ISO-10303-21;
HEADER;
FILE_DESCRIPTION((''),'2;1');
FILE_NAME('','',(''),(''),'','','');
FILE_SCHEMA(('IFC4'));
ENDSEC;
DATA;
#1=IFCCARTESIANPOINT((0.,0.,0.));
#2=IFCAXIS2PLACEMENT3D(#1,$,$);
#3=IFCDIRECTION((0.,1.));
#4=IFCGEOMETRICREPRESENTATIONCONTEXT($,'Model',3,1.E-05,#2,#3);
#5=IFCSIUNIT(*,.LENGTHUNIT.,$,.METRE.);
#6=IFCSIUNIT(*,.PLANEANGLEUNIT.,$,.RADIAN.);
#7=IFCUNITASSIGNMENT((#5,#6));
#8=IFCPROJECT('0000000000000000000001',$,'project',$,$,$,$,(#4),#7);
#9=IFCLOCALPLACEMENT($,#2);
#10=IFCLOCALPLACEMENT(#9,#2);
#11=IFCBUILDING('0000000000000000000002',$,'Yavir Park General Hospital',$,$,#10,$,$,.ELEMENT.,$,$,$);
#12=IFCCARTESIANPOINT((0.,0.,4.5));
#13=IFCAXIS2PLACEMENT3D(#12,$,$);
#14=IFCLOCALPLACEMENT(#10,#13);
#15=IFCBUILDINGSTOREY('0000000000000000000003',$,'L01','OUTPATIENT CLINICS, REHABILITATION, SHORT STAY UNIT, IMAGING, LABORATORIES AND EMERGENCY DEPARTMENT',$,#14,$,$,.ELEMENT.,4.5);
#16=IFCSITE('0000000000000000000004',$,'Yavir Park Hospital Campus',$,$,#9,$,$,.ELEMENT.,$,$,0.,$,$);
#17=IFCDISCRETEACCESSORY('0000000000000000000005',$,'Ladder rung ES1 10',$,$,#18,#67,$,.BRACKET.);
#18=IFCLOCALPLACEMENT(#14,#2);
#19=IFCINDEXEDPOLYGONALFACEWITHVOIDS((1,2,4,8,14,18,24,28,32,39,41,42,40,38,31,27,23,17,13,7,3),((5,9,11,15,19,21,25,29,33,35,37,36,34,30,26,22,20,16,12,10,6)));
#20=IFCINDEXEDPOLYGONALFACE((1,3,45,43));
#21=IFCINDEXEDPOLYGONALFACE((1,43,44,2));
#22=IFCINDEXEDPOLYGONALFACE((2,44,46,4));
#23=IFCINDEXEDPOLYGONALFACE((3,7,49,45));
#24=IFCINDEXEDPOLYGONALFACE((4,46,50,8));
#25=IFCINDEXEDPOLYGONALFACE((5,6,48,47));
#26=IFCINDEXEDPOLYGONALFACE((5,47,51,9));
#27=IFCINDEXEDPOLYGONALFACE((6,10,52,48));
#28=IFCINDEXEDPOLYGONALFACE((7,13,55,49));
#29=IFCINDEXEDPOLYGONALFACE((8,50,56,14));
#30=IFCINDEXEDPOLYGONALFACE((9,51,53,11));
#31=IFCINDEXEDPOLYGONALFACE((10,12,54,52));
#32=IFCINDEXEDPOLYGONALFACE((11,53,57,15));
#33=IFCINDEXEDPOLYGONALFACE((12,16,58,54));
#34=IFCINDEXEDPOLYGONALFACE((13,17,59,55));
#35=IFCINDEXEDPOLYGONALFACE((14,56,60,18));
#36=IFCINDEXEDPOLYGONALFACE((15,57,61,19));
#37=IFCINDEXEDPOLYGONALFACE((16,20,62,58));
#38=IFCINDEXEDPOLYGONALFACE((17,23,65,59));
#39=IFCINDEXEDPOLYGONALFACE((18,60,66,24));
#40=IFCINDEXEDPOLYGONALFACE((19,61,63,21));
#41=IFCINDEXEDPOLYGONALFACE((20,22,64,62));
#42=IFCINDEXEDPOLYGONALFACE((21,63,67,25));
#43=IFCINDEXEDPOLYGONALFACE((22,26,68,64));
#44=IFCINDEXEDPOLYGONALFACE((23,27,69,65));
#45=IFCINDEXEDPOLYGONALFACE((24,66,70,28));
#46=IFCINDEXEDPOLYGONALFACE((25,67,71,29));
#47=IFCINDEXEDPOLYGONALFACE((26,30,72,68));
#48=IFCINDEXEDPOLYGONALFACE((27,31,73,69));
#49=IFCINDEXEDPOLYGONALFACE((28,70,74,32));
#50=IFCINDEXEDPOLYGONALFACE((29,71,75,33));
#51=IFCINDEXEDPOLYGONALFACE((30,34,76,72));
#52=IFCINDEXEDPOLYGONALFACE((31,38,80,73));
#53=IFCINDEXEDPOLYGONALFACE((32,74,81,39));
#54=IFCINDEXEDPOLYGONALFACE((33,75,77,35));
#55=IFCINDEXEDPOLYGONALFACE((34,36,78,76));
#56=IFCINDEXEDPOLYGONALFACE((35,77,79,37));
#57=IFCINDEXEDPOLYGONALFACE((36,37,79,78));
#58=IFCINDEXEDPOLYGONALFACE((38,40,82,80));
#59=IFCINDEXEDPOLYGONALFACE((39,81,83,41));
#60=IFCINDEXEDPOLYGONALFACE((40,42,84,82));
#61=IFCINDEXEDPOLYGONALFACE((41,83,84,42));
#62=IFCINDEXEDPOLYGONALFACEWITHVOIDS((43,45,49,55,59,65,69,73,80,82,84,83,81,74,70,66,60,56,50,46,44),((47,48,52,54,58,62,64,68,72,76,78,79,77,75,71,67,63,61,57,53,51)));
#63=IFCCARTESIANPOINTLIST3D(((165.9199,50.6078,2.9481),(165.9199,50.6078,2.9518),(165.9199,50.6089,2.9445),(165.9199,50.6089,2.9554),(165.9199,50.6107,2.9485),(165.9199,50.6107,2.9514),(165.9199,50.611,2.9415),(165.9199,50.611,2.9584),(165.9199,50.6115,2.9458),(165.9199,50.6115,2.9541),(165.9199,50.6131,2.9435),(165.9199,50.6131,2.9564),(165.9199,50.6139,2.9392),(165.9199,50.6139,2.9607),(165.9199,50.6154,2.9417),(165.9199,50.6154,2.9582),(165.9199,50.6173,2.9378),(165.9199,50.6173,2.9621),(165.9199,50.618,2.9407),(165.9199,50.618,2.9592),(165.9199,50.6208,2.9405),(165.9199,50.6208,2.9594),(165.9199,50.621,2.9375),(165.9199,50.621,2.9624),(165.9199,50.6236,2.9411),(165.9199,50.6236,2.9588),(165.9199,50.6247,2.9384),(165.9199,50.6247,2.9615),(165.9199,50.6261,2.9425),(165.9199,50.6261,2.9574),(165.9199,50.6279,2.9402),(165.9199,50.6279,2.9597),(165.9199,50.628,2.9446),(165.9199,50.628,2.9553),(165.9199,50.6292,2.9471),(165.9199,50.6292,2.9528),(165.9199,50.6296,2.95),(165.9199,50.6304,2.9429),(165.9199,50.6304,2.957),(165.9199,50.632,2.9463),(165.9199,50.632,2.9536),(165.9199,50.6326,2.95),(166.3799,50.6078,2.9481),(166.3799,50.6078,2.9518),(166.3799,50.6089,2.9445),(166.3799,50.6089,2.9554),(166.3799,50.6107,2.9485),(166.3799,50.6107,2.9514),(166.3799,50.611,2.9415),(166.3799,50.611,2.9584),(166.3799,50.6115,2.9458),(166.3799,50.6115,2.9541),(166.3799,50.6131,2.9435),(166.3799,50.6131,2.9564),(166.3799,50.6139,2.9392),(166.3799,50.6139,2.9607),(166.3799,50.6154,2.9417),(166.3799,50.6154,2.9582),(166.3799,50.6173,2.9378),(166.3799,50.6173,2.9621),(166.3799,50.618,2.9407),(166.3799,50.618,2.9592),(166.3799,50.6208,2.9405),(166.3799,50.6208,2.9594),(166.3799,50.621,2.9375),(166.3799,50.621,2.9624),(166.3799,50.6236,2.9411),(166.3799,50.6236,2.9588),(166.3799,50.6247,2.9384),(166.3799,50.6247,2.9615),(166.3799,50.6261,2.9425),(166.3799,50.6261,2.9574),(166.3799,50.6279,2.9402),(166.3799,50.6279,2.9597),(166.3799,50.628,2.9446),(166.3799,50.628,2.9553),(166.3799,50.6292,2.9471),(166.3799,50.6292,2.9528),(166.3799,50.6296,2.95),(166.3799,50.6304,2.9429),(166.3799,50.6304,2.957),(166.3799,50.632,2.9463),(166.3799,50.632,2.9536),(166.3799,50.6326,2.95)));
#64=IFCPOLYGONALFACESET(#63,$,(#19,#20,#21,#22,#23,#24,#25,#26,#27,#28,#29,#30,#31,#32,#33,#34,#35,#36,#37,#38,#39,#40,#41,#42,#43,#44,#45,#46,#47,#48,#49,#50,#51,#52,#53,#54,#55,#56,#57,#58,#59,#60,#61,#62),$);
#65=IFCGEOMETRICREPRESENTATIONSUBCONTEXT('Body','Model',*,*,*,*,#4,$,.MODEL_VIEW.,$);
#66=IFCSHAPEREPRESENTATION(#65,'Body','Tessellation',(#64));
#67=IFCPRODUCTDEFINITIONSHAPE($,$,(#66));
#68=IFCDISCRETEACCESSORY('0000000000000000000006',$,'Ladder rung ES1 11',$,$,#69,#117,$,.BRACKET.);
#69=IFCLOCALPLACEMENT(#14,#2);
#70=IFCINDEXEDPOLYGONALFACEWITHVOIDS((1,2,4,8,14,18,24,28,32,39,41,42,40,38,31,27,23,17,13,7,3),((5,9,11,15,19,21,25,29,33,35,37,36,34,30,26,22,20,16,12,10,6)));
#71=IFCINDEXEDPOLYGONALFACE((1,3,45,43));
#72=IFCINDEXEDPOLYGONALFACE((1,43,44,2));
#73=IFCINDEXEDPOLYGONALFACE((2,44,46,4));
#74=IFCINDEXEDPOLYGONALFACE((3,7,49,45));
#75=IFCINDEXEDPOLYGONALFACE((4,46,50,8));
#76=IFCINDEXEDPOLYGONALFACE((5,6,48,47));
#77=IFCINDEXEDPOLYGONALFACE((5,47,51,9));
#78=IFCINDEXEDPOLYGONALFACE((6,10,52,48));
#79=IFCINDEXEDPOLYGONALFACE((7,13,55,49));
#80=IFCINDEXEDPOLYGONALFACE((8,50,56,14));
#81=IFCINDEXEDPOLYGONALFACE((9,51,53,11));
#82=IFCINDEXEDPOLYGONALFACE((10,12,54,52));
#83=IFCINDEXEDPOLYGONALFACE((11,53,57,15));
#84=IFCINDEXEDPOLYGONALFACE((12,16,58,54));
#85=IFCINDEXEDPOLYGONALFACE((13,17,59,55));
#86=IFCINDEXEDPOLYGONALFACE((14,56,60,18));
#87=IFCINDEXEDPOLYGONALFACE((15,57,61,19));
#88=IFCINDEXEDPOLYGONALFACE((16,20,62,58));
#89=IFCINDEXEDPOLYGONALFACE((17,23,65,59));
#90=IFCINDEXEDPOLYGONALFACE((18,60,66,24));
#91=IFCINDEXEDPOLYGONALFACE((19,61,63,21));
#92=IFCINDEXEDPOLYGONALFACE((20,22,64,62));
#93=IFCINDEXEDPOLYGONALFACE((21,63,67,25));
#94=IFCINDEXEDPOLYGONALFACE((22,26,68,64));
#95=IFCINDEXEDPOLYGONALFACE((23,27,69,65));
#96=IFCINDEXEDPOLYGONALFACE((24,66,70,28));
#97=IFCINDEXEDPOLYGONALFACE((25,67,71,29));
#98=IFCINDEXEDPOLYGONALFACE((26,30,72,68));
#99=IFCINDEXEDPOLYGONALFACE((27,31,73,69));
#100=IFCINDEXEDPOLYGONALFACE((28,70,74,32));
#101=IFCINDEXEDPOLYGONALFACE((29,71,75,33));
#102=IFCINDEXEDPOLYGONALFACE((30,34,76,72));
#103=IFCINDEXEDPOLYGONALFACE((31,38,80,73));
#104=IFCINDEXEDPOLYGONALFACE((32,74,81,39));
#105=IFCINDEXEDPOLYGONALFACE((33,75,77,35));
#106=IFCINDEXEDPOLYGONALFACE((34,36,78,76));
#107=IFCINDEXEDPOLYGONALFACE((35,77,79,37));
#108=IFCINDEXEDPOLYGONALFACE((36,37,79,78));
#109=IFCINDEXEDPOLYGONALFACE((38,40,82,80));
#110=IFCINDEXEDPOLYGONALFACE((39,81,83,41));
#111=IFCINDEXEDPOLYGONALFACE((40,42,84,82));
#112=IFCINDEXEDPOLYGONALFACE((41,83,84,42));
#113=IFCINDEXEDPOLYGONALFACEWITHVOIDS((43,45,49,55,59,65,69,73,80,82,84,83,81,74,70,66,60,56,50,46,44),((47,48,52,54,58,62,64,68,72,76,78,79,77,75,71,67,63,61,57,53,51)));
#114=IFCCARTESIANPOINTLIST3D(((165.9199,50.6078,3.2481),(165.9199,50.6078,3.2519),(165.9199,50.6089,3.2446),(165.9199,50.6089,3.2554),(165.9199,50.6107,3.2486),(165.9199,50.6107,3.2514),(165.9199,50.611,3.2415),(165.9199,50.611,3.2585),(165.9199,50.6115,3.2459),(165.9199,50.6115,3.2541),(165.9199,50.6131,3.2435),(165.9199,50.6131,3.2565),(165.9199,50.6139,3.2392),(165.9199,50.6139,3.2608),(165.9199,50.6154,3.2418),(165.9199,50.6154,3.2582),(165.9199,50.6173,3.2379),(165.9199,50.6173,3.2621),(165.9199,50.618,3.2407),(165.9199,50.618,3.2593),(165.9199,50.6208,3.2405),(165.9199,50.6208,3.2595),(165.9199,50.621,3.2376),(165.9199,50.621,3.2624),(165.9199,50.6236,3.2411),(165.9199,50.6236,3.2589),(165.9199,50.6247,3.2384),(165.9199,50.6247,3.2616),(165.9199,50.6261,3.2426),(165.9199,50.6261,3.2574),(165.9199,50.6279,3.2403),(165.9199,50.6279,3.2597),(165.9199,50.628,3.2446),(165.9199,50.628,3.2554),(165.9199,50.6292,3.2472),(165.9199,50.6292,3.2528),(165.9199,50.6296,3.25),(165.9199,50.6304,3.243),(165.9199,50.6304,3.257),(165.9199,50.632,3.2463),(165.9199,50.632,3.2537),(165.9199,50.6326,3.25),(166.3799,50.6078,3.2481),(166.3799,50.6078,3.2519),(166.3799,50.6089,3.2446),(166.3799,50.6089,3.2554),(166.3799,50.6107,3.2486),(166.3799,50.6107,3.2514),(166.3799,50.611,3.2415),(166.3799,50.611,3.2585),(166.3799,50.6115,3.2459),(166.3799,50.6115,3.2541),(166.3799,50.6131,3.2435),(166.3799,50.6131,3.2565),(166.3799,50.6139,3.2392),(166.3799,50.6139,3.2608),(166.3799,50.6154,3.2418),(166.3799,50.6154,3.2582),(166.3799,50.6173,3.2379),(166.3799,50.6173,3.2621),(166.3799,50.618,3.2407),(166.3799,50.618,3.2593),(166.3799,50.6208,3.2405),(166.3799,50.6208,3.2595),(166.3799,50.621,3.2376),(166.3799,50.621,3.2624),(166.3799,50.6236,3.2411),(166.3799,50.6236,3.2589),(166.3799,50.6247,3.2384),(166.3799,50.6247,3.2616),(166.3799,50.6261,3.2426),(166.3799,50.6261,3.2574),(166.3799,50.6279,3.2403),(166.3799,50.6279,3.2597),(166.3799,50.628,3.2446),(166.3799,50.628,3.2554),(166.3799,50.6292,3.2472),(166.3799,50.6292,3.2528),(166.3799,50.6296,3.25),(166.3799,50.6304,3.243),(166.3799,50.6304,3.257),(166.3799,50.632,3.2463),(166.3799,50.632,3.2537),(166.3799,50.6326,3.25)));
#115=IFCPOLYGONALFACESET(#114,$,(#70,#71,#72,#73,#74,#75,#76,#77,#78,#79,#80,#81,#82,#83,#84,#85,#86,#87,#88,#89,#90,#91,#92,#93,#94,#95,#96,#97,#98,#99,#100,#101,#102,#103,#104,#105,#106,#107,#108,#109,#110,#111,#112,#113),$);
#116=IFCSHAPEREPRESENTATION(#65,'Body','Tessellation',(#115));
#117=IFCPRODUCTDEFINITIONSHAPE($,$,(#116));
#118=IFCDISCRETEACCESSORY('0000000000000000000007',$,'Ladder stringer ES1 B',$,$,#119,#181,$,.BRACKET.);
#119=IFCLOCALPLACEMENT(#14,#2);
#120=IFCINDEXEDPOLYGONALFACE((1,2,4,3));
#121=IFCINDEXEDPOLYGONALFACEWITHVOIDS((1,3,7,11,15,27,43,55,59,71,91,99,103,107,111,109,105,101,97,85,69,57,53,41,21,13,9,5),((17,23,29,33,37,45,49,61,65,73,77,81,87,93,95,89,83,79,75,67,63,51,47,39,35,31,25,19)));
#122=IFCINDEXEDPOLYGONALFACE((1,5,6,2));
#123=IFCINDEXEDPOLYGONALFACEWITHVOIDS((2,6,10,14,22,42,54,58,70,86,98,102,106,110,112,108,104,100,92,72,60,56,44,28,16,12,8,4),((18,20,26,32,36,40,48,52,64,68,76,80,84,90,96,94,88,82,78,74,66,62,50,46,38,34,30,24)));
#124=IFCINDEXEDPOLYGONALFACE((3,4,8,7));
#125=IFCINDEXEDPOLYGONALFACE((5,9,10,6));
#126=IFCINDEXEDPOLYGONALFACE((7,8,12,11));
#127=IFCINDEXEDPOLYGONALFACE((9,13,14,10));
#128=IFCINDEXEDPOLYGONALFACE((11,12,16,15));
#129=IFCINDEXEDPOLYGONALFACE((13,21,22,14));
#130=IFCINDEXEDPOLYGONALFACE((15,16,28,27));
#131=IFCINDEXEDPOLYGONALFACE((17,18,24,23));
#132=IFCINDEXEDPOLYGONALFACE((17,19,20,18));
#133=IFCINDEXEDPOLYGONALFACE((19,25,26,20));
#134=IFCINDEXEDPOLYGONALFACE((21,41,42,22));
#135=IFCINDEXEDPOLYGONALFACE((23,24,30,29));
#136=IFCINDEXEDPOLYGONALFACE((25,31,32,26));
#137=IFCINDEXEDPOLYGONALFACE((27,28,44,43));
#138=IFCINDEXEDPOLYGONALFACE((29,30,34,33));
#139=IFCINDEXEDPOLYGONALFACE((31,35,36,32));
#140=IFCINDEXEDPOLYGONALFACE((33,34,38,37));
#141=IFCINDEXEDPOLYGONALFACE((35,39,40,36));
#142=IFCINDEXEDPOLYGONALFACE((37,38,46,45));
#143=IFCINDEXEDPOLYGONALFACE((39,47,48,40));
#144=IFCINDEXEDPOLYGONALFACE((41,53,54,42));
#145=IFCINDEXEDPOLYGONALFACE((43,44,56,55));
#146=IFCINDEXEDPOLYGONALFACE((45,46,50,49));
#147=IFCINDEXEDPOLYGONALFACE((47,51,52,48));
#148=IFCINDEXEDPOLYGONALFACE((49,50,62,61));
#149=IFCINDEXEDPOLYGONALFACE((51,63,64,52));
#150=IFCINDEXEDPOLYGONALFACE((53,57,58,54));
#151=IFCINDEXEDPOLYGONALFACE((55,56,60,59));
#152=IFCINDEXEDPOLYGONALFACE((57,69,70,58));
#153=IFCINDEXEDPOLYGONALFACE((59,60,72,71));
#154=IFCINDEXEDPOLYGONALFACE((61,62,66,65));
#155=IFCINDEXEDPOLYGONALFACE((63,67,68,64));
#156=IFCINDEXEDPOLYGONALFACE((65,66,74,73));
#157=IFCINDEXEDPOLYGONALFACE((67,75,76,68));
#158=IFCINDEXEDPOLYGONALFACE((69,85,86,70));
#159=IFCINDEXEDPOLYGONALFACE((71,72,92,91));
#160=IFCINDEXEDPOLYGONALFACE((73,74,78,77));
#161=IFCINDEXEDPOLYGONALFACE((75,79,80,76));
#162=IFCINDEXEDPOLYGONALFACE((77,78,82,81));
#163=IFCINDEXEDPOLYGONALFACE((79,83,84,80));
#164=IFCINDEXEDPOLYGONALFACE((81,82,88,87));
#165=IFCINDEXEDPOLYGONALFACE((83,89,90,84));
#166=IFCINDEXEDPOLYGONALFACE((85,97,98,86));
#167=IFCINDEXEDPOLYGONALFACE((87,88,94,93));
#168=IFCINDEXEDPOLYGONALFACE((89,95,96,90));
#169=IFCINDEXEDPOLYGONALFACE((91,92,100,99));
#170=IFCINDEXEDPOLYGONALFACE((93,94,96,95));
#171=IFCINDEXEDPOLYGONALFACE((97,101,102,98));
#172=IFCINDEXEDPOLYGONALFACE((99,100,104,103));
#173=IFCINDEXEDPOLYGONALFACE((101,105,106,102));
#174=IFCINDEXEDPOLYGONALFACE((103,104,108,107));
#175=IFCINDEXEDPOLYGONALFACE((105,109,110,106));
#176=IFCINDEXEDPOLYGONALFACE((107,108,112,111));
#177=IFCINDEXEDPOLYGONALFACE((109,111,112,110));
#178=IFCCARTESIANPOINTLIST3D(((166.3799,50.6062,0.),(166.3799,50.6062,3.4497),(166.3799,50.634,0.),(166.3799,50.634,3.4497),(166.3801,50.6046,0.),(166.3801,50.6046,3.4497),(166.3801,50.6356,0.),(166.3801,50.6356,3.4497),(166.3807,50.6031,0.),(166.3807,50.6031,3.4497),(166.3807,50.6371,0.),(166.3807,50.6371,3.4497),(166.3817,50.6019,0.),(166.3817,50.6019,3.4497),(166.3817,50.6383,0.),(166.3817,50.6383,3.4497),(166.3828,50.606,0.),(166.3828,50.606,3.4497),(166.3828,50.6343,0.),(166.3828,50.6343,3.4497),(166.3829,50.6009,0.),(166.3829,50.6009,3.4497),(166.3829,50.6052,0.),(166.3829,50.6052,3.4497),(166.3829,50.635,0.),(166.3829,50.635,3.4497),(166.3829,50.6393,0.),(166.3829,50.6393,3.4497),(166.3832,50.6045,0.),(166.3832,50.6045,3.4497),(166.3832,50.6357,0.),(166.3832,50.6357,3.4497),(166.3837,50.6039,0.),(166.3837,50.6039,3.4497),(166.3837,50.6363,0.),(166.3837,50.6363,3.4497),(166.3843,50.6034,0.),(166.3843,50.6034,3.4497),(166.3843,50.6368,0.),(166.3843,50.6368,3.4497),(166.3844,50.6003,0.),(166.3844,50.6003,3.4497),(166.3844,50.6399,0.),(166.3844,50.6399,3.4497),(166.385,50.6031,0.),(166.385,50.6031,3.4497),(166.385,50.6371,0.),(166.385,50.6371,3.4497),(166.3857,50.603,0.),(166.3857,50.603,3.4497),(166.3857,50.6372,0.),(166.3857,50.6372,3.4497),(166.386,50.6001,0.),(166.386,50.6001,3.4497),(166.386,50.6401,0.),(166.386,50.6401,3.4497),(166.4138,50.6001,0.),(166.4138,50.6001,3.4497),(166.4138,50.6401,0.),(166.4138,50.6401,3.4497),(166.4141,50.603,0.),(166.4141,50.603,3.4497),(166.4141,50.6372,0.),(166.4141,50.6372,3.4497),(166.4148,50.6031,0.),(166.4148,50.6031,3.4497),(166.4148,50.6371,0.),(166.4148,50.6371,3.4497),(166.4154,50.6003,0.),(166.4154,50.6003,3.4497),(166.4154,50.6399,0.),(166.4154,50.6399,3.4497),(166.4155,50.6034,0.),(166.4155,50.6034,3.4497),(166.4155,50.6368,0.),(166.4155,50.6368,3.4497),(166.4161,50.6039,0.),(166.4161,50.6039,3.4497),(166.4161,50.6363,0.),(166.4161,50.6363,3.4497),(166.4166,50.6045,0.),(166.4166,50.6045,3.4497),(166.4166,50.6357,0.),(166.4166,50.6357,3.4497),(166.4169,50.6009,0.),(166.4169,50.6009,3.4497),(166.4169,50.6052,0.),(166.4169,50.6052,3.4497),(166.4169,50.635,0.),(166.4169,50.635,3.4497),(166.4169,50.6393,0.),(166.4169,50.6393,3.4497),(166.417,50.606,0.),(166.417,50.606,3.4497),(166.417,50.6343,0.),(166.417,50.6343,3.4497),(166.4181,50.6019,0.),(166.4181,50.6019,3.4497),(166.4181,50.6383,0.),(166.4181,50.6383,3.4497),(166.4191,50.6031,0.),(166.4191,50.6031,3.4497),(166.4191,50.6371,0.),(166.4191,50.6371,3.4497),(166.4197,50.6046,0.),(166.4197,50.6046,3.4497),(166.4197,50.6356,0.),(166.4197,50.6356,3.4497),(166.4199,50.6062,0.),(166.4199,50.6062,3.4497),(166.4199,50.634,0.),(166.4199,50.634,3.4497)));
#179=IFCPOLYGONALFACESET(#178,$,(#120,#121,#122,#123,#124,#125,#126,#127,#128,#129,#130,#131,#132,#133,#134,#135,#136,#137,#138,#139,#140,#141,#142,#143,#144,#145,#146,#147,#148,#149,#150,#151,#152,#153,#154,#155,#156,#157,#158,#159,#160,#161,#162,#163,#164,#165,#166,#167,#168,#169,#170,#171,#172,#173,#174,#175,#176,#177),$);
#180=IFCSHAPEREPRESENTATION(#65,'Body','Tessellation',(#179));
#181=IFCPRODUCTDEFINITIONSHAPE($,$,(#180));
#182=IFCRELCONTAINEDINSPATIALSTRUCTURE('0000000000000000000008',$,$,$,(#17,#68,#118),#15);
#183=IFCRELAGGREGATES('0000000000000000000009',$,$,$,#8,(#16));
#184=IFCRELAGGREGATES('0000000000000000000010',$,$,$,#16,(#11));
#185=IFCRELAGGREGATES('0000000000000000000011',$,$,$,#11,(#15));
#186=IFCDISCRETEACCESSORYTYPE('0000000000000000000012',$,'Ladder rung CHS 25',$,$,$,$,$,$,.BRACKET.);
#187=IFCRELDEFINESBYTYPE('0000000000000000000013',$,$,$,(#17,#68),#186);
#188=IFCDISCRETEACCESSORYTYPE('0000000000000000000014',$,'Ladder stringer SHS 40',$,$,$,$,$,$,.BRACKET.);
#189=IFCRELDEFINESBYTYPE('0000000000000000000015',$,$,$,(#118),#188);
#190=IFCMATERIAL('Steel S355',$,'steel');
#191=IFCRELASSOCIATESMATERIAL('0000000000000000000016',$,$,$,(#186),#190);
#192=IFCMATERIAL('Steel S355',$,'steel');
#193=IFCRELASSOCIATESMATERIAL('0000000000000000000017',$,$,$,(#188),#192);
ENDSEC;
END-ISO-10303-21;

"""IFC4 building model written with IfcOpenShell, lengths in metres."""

from ifc_helpers import new_model, si_unit, direction, frame, origin, origin_2d, place, context, subcontext, project, spatial, hollow_rectangle, hollow_circle, extrude, material, material_profile, profile_set, type_object, element, save


model = new_model("IFC4")

# Units and contexts
model_context = context("Model", 3, precision=1e-05, world=origin(), true_north=direction((0.0, 1.0)))
body_context = subcontext(model_context, "Body", "Model", "MODEL_VIEW")
ifc_project = project(units=[si_unit("LENGTHUNIT", "METRE"), si_unit("PLANEANGLEUNIT", "RADIAN")], contexts=[model_context])

# Site, building, storey
site_placement = place(None, origin())
site = spatial("IfcSite", under=ifc_project, at=site_placement, Name="Yavir Park Hospital Campus", CompositionType="ELEMENT", RefElevation=0.0)
building_placement = place(site_placement, origin())
building = spatial("IfcBuilding", under=site, at=building_placement, Name="Yavir Park General Hospital", CompositionType="ELEMENT")
storey_placement = place(building_placement, frame((0.0, 0.0, 4.5)))
storey = spatial("IfcBuildingStorey", under=building, at=storey_placement, Name="L01", Description="OUTPATIENT CLINICS, REHABILITATION, SHORT STAY UNIT, IMAGING, LABORATORIES AND EMERGENCY DEPARTMENT", CompositionType="ELEMENT", Elevation=4.5)

# Discrete accessories
ifc_material_1 = material(Name="Steel S355", Category="steel")
ifc_material_profile_1 = material_profile(ifc_material_1, hollow_circle(Radius=0.0125, WallThickness=0.0029, at=origin_2d()), Name="CHS25x3")
ifc_profile_set_1 = profile_set([ifc_material_profile_1], Name="Steel S355")
discrete_accessory_type_1 = type_object("IfcDiscreteAccessoryType", Name="Ladder rung CHS 25", PredefinedType="BRACKET", material=ifc_profile_set_1)
for number, where, z_axis, x_axis, name in (
    (1, (165.9199, 50.6201, 2.95), (1.0, 0.0, 0.0), (0.0, 1.0, 0.0), "Ladder rung ES1 10"),
    (2, (165.9199, 50.6201, 3.25), (1.0, 0.0, 0.0), (0.0, 1.0, 0.0), "Ladder rung ES1 11"),
):
    element("IfcDiscreteAccessory", number, at=place(storey_placement, frame(where, z_axis=z_axis, x_axis=x_axis)), inside=storey, type_object=discrete_accessory_type_1, Name=name, PredefinedType="BRACKET", context=body_context, shape_type="SweptSolid", body=[
        extrude(hollow_circle(Radius=0.0125, WallThickness=0.0029, at=origin_2d()), origin(), (0.0, 0.0, 1.0), 0.46),
    ])
ifc_material_2 = material(Name="Steel S355", Category="steel")
ifc_material_profile_2 = material_profile(ifc_material_2, hollow_rectangle(XDim=0.04, YDim=0.04, WallThickness=0.0029, InnerFilletRadius=0.0029, OuterFilletRadius=0.0061, at=origin_2d()), Name="RHS40x40x3")
ifc_profile_set_2 = profile_set([ifc_material_profile_2], Name="Steel S355")
discrete_accessory_type_2 = type_object("IfcDiscreteAccessoryType", Name="Ladder stringer SHS 40", PredefinedType="BRACKET", material=ifc_profile_set_2)
discrete_accessory_placement = place(storey_placement, frame((166.3999, 50.6201, 0.0), z_axis=(0.0, 0.0, 1.0), x_axis=(1.0, 0.0, 0.0)))
element("IfcDiscreteAccessory", 3, at=discrete_accessory_placement, inside=storey, type_object=discrete_accessory_type_2, Name="Ladder stringer ES1 B", PredefinedType="BRACKET", context=body_context, shape_type="SweptSolid", body=[
    extrude(hollow_rectangle(XDim=0.04, YDim=0.04, WallThickness=0.0029, InnerFilletRadius=0.0029, OuterFilletRadius=0.0061, at=origin_2d()), origin(), (0.0, 0.0, 1.0), 3.4497),
])

save(model, "model.ifc")
